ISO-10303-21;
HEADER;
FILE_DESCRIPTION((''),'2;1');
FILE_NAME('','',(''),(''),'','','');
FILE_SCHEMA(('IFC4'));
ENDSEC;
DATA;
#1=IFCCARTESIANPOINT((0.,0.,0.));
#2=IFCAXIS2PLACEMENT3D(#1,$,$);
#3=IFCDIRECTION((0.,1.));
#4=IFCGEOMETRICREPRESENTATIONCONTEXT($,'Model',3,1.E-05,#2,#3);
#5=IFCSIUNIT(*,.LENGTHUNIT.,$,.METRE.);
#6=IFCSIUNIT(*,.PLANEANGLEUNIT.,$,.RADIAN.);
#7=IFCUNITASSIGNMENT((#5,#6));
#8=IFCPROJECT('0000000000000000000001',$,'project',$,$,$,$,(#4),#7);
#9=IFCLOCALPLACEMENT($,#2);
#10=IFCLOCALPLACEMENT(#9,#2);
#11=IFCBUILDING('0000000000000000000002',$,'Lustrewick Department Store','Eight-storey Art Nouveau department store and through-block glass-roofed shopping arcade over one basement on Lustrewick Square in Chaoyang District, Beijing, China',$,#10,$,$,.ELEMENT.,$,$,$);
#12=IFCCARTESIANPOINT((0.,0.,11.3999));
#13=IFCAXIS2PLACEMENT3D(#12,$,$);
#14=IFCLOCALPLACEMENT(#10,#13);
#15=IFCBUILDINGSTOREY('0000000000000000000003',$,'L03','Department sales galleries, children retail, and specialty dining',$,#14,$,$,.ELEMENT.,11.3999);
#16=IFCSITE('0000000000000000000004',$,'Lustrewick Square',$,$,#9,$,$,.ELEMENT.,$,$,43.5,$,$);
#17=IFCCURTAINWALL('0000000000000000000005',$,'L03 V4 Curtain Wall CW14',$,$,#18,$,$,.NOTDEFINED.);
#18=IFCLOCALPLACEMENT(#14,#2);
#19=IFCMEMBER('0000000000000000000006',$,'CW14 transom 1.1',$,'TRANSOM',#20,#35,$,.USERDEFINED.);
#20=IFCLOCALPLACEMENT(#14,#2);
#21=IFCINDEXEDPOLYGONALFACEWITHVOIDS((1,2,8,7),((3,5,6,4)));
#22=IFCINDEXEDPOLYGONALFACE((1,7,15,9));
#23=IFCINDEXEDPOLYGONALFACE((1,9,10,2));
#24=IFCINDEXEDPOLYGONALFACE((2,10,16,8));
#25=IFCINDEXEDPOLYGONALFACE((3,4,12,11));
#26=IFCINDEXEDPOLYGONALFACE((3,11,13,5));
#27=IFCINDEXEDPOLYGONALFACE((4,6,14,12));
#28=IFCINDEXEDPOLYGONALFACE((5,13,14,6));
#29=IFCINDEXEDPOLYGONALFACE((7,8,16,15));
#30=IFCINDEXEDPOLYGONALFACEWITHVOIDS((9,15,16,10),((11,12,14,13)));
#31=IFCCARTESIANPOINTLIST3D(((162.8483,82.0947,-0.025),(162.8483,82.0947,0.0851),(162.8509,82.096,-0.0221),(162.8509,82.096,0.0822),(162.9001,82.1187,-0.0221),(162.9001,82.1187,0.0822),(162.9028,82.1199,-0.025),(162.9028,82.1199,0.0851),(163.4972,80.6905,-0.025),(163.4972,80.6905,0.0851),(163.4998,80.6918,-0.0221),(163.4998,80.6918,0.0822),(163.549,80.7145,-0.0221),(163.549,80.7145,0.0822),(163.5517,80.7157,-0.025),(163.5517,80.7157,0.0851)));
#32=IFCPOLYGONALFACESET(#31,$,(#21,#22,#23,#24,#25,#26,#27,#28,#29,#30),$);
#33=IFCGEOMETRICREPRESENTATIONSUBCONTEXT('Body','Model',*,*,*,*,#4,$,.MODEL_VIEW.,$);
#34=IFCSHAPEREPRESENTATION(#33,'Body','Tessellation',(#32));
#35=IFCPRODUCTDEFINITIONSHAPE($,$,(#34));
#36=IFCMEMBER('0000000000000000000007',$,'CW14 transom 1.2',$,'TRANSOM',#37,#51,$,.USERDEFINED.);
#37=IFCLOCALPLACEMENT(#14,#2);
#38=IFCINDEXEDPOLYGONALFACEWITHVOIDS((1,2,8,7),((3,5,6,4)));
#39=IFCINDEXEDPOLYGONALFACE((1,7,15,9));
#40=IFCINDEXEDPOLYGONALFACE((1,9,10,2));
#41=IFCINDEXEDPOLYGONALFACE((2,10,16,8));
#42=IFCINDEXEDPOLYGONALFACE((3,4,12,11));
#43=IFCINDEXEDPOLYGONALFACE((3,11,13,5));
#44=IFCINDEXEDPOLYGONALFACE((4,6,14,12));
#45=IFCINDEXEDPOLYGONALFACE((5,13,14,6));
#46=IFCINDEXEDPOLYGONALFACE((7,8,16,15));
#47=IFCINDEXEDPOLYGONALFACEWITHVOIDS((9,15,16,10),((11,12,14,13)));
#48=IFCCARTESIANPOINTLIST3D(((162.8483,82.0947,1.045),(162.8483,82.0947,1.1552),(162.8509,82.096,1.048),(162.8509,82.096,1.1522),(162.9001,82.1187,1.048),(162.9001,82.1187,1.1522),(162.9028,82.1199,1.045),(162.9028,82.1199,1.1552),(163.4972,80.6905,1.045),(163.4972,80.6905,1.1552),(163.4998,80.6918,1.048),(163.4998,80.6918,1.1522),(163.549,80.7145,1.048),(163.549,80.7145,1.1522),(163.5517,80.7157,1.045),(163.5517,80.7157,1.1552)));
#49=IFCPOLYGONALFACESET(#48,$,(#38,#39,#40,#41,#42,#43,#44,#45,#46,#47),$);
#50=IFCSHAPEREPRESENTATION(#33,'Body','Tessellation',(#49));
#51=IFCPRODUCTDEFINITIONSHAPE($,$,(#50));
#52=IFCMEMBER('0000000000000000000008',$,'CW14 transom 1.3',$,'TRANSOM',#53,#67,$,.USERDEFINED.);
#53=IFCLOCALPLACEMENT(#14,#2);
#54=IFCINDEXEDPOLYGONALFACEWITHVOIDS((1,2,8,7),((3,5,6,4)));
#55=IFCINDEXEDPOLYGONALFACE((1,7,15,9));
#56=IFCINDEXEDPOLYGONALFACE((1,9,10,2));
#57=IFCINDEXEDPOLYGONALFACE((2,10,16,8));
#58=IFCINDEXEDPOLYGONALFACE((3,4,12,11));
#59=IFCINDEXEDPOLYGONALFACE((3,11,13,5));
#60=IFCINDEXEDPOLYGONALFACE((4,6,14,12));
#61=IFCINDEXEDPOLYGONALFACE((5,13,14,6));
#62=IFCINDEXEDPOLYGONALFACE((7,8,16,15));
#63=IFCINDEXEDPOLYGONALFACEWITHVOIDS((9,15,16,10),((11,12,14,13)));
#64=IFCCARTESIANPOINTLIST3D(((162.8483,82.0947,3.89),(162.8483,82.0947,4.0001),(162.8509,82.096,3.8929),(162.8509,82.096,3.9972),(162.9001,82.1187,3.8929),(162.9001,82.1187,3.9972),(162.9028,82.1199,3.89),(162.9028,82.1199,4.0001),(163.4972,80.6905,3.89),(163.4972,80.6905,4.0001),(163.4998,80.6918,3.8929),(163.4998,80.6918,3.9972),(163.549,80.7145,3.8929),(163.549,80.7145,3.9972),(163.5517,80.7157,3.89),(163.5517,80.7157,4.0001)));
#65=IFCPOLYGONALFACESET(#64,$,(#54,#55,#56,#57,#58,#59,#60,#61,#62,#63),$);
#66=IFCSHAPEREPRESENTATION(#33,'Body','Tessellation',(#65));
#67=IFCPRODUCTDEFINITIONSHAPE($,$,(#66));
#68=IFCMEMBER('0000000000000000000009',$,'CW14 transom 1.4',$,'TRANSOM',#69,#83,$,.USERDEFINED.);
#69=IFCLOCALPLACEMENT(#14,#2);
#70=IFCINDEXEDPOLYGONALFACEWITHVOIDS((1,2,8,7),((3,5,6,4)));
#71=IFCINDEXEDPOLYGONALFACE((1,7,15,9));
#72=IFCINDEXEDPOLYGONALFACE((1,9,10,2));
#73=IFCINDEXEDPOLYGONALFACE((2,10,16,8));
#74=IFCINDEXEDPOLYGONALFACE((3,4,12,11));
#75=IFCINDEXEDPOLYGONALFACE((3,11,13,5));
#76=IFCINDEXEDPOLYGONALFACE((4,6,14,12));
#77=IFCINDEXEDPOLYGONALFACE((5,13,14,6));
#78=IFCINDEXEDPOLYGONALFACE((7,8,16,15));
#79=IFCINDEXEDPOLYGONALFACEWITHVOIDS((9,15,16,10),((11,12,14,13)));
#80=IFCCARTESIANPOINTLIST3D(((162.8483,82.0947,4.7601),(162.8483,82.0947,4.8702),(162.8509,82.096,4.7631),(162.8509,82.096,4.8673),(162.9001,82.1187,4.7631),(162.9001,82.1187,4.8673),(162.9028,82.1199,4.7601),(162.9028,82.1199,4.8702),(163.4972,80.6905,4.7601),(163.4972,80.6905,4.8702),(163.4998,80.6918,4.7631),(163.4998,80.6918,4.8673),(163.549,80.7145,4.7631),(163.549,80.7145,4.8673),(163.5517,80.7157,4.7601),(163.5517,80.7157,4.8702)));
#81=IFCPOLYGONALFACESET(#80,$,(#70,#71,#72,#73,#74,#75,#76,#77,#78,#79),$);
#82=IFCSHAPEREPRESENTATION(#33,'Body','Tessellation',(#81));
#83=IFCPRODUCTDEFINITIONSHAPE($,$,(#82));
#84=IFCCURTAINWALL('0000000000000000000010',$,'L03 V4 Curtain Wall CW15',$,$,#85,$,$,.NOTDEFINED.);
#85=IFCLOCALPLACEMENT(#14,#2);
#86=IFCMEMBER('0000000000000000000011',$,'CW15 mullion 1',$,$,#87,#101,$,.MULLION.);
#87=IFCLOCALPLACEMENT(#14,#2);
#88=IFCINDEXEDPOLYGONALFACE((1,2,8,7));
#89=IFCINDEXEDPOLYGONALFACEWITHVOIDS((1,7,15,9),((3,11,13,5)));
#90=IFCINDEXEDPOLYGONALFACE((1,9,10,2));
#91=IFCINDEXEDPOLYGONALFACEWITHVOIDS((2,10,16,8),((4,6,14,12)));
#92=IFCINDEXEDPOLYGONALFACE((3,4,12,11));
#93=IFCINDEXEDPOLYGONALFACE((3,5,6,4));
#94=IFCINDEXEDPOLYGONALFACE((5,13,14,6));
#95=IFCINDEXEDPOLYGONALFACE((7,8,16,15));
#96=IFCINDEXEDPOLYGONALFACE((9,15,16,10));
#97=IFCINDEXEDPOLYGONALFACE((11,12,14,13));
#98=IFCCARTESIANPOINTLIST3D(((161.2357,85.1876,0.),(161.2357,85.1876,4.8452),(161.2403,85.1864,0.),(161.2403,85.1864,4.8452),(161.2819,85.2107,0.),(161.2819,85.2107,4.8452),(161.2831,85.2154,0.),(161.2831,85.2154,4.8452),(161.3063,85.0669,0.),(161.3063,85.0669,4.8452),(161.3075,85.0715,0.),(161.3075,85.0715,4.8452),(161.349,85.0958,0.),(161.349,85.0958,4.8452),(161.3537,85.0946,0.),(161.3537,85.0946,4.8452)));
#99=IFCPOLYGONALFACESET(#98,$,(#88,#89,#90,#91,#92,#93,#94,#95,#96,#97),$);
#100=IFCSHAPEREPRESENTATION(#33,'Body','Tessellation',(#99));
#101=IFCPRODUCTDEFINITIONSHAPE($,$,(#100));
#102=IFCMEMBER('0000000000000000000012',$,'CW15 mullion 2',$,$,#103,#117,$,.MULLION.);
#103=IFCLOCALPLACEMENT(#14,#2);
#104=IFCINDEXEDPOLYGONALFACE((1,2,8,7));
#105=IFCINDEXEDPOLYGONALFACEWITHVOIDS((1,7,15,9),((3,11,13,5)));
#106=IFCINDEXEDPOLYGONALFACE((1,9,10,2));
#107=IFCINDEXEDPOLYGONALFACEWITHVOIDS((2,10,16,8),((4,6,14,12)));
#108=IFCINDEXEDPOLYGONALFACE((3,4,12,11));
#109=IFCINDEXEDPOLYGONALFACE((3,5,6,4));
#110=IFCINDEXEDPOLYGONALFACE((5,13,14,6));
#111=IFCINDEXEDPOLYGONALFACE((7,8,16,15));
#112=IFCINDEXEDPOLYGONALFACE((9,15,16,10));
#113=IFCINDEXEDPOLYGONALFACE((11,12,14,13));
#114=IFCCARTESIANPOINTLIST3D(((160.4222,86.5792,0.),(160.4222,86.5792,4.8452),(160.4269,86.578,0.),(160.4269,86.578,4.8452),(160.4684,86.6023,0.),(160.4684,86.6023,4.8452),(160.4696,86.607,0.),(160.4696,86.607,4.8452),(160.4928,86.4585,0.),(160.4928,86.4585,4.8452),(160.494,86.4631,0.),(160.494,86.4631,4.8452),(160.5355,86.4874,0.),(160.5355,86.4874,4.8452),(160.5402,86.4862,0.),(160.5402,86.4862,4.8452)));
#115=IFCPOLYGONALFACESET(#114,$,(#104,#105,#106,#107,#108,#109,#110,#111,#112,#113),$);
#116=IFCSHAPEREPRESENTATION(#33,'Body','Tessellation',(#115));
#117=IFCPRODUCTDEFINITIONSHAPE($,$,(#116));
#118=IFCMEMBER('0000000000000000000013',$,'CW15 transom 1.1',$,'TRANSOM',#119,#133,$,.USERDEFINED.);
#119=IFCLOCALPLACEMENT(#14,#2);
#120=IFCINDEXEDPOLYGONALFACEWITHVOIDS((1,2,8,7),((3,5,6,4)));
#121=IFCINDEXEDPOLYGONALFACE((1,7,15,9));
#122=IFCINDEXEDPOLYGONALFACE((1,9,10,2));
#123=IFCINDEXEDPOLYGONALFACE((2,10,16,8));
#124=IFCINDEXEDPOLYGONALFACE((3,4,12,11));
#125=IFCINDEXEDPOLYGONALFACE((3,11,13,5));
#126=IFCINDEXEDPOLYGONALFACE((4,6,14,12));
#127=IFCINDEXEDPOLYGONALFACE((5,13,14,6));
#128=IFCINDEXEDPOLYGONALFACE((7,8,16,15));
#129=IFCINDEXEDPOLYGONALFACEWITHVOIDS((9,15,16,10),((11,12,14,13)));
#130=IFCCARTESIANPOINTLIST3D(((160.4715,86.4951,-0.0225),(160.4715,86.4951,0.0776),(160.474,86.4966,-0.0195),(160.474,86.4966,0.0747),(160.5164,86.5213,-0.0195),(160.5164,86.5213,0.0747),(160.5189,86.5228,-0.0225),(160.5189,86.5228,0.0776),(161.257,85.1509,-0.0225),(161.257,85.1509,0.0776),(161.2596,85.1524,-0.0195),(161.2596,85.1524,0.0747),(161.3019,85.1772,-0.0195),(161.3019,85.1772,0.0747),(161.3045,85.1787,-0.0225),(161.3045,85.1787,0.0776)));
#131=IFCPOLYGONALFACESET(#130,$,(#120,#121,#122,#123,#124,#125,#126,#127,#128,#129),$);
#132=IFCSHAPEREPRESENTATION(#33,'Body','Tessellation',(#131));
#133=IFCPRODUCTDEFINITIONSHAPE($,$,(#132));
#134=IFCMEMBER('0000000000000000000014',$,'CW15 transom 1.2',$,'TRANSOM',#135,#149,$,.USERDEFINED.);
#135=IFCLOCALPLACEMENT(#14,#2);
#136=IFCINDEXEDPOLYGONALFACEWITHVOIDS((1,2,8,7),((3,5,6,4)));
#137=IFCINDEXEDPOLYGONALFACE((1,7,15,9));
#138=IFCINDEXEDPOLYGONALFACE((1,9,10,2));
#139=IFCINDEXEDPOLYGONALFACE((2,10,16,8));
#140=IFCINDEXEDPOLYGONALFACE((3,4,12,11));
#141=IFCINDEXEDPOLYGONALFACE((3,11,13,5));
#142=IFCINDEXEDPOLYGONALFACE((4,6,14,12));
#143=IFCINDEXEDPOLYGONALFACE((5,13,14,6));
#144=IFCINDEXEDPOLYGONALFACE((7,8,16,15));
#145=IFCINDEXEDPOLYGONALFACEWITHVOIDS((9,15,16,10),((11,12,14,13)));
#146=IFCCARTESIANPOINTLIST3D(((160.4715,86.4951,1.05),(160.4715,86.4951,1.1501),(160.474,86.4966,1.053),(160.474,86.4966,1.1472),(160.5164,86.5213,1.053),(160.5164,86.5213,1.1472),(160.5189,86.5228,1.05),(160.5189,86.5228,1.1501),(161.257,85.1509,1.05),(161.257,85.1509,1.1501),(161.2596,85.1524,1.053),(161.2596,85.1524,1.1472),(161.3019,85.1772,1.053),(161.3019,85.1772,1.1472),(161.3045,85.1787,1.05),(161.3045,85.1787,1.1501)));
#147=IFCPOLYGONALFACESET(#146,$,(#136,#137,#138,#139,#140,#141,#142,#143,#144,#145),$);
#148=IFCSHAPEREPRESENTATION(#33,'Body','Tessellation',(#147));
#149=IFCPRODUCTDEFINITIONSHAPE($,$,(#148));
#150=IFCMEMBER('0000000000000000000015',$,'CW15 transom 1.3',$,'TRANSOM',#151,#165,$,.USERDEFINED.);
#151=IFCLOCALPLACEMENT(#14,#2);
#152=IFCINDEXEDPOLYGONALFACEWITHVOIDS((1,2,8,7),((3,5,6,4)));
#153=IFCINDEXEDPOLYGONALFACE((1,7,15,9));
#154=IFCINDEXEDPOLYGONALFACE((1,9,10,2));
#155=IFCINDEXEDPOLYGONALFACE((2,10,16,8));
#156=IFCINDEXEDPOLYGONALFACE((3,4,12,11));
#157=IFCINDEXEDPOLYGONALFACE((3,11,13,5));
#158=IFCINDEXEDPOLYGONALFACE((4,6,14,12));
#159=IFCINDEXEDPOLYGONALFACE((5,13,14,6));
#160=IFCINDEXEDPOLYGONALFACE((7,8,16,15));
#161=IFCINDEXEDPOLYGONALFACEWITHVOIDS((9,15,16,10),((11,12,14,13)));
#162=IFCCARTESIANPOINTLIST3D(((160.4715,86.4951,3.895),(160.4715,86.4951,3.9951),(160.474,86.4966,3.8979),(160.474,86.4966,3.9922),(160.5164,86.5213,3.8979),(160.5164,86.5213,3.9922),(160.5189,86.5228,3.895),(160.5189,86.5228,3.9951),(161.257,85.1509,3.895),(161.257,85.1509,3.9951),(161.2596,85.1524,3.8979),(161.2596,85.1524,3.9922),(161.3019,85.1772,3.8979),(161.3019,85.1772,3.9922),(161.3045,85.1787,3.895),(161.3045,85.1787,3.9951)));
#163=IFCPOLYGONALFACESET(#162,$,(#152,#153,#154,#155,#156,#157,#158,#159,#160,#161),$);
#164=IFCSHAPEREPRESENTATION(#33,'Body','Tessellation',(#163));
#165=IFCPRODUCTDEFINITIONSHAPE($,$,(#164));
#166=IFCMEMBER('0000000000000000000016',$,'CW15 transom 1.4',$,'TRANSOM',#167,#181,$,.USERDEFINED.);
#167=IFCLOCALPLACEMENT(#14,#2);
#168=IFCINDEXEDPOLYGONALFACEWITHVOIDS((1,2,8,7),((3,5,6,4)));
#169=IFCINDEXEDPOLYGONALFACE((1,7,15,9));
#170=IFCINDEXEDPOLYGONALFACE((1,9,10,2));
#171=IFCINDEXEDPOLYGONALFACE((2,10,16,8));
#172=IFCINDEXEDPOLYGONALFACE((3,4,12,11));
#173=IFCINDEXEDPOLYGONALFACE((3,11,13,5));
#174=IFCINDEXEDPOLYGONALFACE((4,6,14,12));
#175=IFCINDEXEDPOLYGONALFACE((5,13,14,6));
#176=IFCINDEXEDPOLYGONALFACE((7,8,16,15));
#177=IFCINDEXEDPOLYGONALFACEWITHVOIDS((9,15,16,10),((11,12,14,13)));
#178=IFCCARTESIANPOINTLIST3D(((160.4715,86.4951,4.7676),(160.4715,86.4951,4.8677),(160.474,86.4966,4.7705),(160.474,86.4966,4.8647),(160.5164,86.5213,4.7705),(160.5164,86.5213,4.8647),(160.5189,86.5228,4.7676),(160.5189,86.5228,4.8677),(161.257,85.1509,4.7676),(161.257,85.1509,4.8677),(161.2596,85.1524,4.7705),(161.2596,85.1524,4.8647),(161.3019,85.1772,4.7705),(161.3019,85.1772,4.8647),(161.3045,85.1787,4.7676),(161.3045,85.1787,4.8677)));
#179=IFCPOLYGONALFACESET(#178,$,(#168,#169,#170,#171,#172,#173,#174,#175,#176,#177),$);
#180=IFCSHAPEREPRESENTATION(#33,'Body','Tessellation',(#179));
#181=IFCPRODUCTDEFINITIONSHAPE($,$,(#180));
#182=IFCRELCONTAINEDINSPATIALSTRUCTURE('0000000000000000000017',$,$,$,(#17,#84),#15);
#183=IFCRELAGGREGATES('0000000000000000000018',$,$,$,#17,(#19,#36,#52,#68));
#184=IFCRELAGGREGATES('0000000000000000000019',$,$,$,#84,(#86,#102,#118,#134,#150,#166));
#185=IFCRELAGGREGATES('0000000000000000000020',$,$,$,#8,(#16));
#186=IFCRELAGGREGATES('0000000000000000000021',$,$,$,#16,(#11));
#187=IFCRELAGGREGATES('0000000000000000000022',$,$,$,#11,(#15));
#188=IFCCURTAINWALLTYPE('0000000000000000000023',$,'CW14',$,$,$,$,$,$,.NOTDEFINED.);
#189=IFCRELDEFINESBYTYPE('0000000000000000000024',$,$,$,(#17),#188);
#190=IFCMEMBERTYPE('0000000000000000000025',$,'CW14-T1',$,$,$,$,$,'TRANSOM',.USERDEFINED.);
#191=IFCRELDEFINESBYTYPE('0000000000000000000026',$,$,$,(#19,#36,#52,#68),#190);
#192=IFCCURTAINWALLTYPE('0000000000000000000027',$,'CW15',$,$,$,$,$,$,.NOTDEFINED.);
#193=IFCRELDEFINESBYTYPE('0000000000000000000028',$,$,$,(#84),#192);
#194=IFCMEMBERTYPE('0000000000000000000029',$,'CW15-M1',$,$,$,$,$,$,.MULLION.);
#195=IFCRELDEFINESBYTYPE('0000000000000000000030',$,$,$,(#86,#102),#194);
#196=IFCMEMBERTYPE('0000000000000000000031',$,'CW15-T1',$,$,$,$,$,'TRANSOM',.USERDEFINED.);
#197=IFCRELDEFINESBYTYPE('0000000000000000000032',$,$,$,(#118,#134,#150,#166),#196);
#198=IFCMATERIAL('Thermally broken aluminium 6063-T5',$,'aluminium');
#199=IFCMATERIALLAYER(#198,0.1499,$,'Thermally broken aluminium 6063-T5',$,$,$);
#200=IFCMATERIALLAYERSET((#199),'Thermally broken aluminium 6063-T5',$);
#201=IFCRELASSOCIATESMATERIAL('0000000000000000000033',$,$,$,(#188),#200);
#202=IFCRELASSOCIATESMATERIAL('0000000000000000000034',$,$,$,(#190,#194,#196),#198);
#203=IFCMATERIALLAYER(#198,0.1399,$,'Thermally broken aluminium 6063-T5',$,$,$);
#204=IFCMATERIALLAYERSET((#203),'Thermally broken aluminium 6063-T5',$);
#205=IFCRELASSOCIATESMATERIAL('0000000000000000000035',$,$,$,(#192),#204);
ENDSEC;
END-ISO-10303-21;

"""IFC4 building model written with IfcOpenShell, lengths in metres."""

from ifc_helpers import new_model, si_unit, direction, frame, origin, origin_2d, place, context, subcontext, project, spatial, hollow_rectangle, extrude, material, layer, layer_set, material_profile, profile_set, type_object, element, aggregate, save


model = new_model("IFC4")

# Units and contexts
model_context = context("Model", 3, precision=1e-05, world=origin(), true_north=direction((0.0, 1.0)))
body_context = subcontext(model_context, "Body", "Model", "MODEL_VIEW")
ifc_project = project(units=[si_unit("LENGTHUNIT", "METRE"), si_unit("PLANEANGLEUNIT", "RADIAN")], contexts=[model_context])

# Site, building, storey
site_placement = place(None, origin())
site = spatial("IfcSite", under=ifc_project, at=site_placement, Name="Lustrewick Square", CompositionType="ELEMENT", RefElevation=43.5)
building_placement = place(site_placement, origin())
building = spatial("IfcBuilding", under=site, at=building_placement, Name="Lustrewick Department Store", Description="Eight-storey Art Nouveau department store and through-block glass-roofed shopping arcade over one basement on Lustrewick Square in Chaoyang District, Beijing, China", CompositionType="ELEMENT")
storey_placement = place(building_placement, frame((0.0, 0.0, 11.3999)))
storey = spatial("IfcBuildingStorey", under=building, at=storey_placement, Name="L03", Description="Department sales galleries, children retail, and specialty dining", CompositionType="ELEMENT", Elevation=11.3999)

# Curtain walls, members
ifc_material_1 = material(Name="Thermally broken aluminium 6063-T5", Category="aluminium")
ifc_layer_1 = layer(ifc_material_1, 0.1499, Name="Thermally broken aluminium 6063-T5")
ifc_layer_set_1 = layer_set([ifc_layer_1], Name="Thermally broken aluminium 6063-T5")
curtain_wall_type_1 = type_object("IfcCurtainWallType", Name="CW14", PredefinedType="NOTDEFINED", material=ifc_layer_set_1)
curtain_wall_1_placement = place(storey_placement, origin())
curtain_wall_1 = element("IfcCurtainWall", 1, at=curtain_wall_1_placement, inside=storey, type_object=curtain_wall_type_1, Name="L03 V4 Curtain Wall CW14", PredefinedType="NOTDEFINED")
ifc_material_profile_1 = material_profile(ifc_material_1, hollow_rectangle(XDim=0.0601, YDim=0.1101, WallThickness=0.0029, at=origin_2d()), Name="ALU-T 60x110x3")
ifc_profile_set_1 = profile_set([ifc_material_profile_1], Name="Thermally broken aluminium 6063-T5")
member_type_1 = type_object("IfcMemberType", Name="CW14-T1", ElementType="TRANSOM", PredefinedType="USERDEFINED", material=ifc_profile_set_1)
member_1_placement = place(storey_placement, frame((163.5244, 80.7031, 0.03), z_axis=(-0.419478, 0.907765, 0.0), x_axis=(-0.907765, -0.419478, 0.0)))
member_1 = element("IfcMember", 2, at=member_1_placement, type_object=member_type_1, Name="CW14 transom 1.1", ObjectType="TRANSOM", PredefinedType="USERDEFINED", context=body_context, shape_type="SweptSolid", body=[
    extrude(hollow_rectangle(XDim=0.0601, YDim=0.1101, WallThickness=0.0029, at=origin_2d()), origin(), (0.0, 0.0, 1.0), 1.5469),
])
member_2_placement = place(storey_placement, frame((163.5244, 80.7031, 1.1001), z_axis=(-0.419478, 0.907765, 0.0), x_axis=(-0.907765, -0.419478, 0.0)))
member_2 = element("IfcMember", 3, at=member_2_placement, type_object=member_type_1, Name="CW14 transom 1.2", ObjectType="TRANSOM", PredefinedType="USERDEFINED", context=body_context, shape_type="SweptSolid", body=[
    extrude(hollow_rectangle(XDim=0.0601, YDim=0.1101, WallThickness=0.0029, at=origin_2d()), origin(), (0.0, 0.0, 1.0), 1.5469),
])
member_3_placement = place(storey_placement, frame((163.5244, 80.7031, 3.9451), z_axis=(-0.419478, 0.907765, 0.0), x_axis=(-0.907765, -0.419478, 0.0)))
member_3 = element("IfcMember", 4, at=member_3_placement, type_object=member_type_1, Name="CW14 transom 1.3", ObjectType="TRANSOM", PredefinedType="USERDEFINED", context=body_context, shape_type="SweptSolid", body=[
    extrude(hollow_rectangle(XDim=0.0601, YDim=0.1101, WallThickness=0.0029, at=origin_2d()), origin(), (0.0, 0.0, 1.0), 1.5469),
])
member_4_placement = place(storey_placement, frame((163.5244, 80.7031, 4.8152), z_axis=(-0.419478, 0.907765, 0.0), x_axis=(-0.907765, -0.419478, 0.0)))
member_4 = element("IfcMember", 5, at=member_4_placement, type_object=member_type_1, Name="CW14 transom 1.4", ObjectType="TRANSOM", PredefinedType="USERDEFINED", context=body_context, shape_type="SweptSolid", body=[
    extrude(hollow_rectangle(XDim=0.0601, YDim=0.1101, WallThickness=0.0029, at=origin_2d()), origin(), (0.0, 0.0, 1.0), 1.5469),
])
ifc_layer_2 = layer(ifc_material_1, 0.1399, Name="Thermally broken aluminium 6063-T5")
ifc_layer_set_2 = layer_set([ifc_layer_2], Name="Thermally broken aluminium 6063-T5")
curtain_wall_type_2 = type_object("IfcCurtainWallType", Name="CW15", PredefinedType="NOTDEFINED", material=ifc_layer_set_2)
curtain_wall_2_placement = place(storey_placement, origin())
curtain_wall_2 = element("IfcCurtainWall", 6, at=curtain_wall_2_placement, inside=storey, type_object=curtain_wall_type_2, Name="L03 V4 Curtain Wall CW15", PredefinedType="NOTDEFINED")
ifc_material_profile_2 = material_profile(ifc_material_1, hollow_rectangle(XDim=0.0549, YDim=0.1399, WallThickness=0.0034, at=origin_2d()), Name="ALU-M 55x140x3.5")
ifc_profile_set_2 = profile_set([ifc_material_profile_2], Name="Thermally broken aluminium 6063-T5")
member_type_2 = type_object("IfcMemberType", Name="CW15-M1", PredefinedType="MULLION", material=ifc_profile_set_2)
member_5_placement = place(storey_placement, frame((161.2947, 85.1411, 0.0), z_axis=(0.0, 0.0, 1.0), x_axis=(-0.863328, -0.504643, 0.0)))
member_5 = element("IfcMember", 7, at=member_5_placement, type_object=member_type_2, Name="CW15 mullion 1", PredefinedType="MULLION", context=body_context, shape_type="SweptSolid", body=[
    extrude(hollow_rectangle(XDim=0.0549, YDim=0.1399, WallThickness=0.0034, at=origin_2d()), origin(), (0.0, 0.0, 1.0), 4.8452),
])
member_6_placement = place(storey_placement, frame((160.4812, 86.5327, 0.0), z_axis=(0.0, 0.0, 1.0), x_axis=(-0.863328, -0.504643, 0.0)))
member_6 = element("IfcMember", 8, at=member_6_placement, type_object=member_type_2, Name="CW15 mullion 2", PredefinedType="MULLION", context=body_context, shape_type="SweptSolid", body=[
    extrude(hollow_rectangle(XDim=0.0549, YDim=0.1399, WallThickness=0.0034, at=origin_2d()), origin(), (0.0, 0.0, 1.0), 4.8452),
])
ifc_material_profile_3 = material_profile(ifc_material_1, hollow_rectangle(XDim=0.0549, YDim=0.1001, WallThickness=0.0029, at=origin_2d()), Name="ALU-T 55x100x3")
ifc_profile_set_3 = profile_set([ifc_material_profile_3], Name="Thermally broken aluminium 6063-T5")
member_type_3 = type_object("IfcMemberType", Name="CW15-T1", ElementType="TRANSOM", PredefinedType="USERDEFINED", material=ifc_profile_set_3)
member_7_placement = place(storey_placement, frame((161.2808, 85.1648, 0.0276), z_axis=(-0.504592, 0.863358, 0.0), x_axis=(-0.863358, -0.504592, 0.0)))
member_7 = element("IfcMember", 9, at=member_7_placement, type_object=member_type_3, Name="CW15 transom 1.1", ObjectType="TRANSOM", PredefinedType="USERDEFINED", context=body_context, shape_type="SweptSolid", body=[
    extrude(hollow_rectangle(XDim=0.0549, YDim=0.1001, WallThickness=0.0029, at=origin_2d()), origin(), (0.0, 0.0, 1.0), 1.5569),
])
member_8_placement = place(storey_placement, frame((161.2808, 85.1648, 1.1001), z_axis=(-0.504592, 0.863358, 0.0), x_axis=(-0.863358, -0.504592, 0.0)))
member_8 = element("IfcMember", 10, at=member_8_placement, type_object=member_type_3, Name="CW15 transom 1.2", ObjectType="TRANSOM", PredefinedType="USERDEFINED", context=body_context, shape_type="SweptSolid", body=[
    extrude(hollow_rectangle(XDim=0.0549, YDim=0.1001, WallThickness=0.0029, at=origin_2d()), origin(), (0.0, 0.0, 1.0), 1.5569),
])
member_9_placement = place(storey_placement, frame((161.2808, 85.1648, 3.9451), z_axis=(-0.504592, 0.863358, 0.0), x_axis=(-0.863358, -0.504592, 0.0)))
member_9 = element("IfcMember", 11, at=member_9_placement, type_object=member_type_3, Name="CW15 transom 1.3", ObjectType="TRANSOM", PredefinedType="USERDEFINED", context=body_context, shape_type="SweptSolid", body=[
    extrude(hollow_rectangle(XDim=0.0549, YDim=0.1001, WallThickness=0.0029, at=origin_2d()), origin(), (0.0, 0.0, 1.0), 1.5569),
])
member_10_placement = place(storey_placement, frame((161.2808, 85.1648, 4.8176), z_axis=(-0.504592, 0.863358, 0.0), x_axis=(-0.863358, -0.504592, 0.0)))
member_10 = element("IfcMember", 12, at=member_10_placement, type_object=member_type_3, Name="CW15 transom 1.4", ObjectType="TRANSOM", PredefinedType="USERDEFINED", context=body_context, shape_type="SweptSolid", body=[
    extrude(hollow_rectangle(XDim=0.0549, YDim=0.1001, WallThickness=0.0029, at=origin_2d()), origin(), (0.0, 0.0, 1.0), 1.5569),
])

aggregate(curtain_wall_1, [member_1, member_2, member_3, member_4])
aggregate(curtain_wall_2, [member_5, member_6, member_7, member_8, member_9, member_10])

save(model, "model.ifc")
